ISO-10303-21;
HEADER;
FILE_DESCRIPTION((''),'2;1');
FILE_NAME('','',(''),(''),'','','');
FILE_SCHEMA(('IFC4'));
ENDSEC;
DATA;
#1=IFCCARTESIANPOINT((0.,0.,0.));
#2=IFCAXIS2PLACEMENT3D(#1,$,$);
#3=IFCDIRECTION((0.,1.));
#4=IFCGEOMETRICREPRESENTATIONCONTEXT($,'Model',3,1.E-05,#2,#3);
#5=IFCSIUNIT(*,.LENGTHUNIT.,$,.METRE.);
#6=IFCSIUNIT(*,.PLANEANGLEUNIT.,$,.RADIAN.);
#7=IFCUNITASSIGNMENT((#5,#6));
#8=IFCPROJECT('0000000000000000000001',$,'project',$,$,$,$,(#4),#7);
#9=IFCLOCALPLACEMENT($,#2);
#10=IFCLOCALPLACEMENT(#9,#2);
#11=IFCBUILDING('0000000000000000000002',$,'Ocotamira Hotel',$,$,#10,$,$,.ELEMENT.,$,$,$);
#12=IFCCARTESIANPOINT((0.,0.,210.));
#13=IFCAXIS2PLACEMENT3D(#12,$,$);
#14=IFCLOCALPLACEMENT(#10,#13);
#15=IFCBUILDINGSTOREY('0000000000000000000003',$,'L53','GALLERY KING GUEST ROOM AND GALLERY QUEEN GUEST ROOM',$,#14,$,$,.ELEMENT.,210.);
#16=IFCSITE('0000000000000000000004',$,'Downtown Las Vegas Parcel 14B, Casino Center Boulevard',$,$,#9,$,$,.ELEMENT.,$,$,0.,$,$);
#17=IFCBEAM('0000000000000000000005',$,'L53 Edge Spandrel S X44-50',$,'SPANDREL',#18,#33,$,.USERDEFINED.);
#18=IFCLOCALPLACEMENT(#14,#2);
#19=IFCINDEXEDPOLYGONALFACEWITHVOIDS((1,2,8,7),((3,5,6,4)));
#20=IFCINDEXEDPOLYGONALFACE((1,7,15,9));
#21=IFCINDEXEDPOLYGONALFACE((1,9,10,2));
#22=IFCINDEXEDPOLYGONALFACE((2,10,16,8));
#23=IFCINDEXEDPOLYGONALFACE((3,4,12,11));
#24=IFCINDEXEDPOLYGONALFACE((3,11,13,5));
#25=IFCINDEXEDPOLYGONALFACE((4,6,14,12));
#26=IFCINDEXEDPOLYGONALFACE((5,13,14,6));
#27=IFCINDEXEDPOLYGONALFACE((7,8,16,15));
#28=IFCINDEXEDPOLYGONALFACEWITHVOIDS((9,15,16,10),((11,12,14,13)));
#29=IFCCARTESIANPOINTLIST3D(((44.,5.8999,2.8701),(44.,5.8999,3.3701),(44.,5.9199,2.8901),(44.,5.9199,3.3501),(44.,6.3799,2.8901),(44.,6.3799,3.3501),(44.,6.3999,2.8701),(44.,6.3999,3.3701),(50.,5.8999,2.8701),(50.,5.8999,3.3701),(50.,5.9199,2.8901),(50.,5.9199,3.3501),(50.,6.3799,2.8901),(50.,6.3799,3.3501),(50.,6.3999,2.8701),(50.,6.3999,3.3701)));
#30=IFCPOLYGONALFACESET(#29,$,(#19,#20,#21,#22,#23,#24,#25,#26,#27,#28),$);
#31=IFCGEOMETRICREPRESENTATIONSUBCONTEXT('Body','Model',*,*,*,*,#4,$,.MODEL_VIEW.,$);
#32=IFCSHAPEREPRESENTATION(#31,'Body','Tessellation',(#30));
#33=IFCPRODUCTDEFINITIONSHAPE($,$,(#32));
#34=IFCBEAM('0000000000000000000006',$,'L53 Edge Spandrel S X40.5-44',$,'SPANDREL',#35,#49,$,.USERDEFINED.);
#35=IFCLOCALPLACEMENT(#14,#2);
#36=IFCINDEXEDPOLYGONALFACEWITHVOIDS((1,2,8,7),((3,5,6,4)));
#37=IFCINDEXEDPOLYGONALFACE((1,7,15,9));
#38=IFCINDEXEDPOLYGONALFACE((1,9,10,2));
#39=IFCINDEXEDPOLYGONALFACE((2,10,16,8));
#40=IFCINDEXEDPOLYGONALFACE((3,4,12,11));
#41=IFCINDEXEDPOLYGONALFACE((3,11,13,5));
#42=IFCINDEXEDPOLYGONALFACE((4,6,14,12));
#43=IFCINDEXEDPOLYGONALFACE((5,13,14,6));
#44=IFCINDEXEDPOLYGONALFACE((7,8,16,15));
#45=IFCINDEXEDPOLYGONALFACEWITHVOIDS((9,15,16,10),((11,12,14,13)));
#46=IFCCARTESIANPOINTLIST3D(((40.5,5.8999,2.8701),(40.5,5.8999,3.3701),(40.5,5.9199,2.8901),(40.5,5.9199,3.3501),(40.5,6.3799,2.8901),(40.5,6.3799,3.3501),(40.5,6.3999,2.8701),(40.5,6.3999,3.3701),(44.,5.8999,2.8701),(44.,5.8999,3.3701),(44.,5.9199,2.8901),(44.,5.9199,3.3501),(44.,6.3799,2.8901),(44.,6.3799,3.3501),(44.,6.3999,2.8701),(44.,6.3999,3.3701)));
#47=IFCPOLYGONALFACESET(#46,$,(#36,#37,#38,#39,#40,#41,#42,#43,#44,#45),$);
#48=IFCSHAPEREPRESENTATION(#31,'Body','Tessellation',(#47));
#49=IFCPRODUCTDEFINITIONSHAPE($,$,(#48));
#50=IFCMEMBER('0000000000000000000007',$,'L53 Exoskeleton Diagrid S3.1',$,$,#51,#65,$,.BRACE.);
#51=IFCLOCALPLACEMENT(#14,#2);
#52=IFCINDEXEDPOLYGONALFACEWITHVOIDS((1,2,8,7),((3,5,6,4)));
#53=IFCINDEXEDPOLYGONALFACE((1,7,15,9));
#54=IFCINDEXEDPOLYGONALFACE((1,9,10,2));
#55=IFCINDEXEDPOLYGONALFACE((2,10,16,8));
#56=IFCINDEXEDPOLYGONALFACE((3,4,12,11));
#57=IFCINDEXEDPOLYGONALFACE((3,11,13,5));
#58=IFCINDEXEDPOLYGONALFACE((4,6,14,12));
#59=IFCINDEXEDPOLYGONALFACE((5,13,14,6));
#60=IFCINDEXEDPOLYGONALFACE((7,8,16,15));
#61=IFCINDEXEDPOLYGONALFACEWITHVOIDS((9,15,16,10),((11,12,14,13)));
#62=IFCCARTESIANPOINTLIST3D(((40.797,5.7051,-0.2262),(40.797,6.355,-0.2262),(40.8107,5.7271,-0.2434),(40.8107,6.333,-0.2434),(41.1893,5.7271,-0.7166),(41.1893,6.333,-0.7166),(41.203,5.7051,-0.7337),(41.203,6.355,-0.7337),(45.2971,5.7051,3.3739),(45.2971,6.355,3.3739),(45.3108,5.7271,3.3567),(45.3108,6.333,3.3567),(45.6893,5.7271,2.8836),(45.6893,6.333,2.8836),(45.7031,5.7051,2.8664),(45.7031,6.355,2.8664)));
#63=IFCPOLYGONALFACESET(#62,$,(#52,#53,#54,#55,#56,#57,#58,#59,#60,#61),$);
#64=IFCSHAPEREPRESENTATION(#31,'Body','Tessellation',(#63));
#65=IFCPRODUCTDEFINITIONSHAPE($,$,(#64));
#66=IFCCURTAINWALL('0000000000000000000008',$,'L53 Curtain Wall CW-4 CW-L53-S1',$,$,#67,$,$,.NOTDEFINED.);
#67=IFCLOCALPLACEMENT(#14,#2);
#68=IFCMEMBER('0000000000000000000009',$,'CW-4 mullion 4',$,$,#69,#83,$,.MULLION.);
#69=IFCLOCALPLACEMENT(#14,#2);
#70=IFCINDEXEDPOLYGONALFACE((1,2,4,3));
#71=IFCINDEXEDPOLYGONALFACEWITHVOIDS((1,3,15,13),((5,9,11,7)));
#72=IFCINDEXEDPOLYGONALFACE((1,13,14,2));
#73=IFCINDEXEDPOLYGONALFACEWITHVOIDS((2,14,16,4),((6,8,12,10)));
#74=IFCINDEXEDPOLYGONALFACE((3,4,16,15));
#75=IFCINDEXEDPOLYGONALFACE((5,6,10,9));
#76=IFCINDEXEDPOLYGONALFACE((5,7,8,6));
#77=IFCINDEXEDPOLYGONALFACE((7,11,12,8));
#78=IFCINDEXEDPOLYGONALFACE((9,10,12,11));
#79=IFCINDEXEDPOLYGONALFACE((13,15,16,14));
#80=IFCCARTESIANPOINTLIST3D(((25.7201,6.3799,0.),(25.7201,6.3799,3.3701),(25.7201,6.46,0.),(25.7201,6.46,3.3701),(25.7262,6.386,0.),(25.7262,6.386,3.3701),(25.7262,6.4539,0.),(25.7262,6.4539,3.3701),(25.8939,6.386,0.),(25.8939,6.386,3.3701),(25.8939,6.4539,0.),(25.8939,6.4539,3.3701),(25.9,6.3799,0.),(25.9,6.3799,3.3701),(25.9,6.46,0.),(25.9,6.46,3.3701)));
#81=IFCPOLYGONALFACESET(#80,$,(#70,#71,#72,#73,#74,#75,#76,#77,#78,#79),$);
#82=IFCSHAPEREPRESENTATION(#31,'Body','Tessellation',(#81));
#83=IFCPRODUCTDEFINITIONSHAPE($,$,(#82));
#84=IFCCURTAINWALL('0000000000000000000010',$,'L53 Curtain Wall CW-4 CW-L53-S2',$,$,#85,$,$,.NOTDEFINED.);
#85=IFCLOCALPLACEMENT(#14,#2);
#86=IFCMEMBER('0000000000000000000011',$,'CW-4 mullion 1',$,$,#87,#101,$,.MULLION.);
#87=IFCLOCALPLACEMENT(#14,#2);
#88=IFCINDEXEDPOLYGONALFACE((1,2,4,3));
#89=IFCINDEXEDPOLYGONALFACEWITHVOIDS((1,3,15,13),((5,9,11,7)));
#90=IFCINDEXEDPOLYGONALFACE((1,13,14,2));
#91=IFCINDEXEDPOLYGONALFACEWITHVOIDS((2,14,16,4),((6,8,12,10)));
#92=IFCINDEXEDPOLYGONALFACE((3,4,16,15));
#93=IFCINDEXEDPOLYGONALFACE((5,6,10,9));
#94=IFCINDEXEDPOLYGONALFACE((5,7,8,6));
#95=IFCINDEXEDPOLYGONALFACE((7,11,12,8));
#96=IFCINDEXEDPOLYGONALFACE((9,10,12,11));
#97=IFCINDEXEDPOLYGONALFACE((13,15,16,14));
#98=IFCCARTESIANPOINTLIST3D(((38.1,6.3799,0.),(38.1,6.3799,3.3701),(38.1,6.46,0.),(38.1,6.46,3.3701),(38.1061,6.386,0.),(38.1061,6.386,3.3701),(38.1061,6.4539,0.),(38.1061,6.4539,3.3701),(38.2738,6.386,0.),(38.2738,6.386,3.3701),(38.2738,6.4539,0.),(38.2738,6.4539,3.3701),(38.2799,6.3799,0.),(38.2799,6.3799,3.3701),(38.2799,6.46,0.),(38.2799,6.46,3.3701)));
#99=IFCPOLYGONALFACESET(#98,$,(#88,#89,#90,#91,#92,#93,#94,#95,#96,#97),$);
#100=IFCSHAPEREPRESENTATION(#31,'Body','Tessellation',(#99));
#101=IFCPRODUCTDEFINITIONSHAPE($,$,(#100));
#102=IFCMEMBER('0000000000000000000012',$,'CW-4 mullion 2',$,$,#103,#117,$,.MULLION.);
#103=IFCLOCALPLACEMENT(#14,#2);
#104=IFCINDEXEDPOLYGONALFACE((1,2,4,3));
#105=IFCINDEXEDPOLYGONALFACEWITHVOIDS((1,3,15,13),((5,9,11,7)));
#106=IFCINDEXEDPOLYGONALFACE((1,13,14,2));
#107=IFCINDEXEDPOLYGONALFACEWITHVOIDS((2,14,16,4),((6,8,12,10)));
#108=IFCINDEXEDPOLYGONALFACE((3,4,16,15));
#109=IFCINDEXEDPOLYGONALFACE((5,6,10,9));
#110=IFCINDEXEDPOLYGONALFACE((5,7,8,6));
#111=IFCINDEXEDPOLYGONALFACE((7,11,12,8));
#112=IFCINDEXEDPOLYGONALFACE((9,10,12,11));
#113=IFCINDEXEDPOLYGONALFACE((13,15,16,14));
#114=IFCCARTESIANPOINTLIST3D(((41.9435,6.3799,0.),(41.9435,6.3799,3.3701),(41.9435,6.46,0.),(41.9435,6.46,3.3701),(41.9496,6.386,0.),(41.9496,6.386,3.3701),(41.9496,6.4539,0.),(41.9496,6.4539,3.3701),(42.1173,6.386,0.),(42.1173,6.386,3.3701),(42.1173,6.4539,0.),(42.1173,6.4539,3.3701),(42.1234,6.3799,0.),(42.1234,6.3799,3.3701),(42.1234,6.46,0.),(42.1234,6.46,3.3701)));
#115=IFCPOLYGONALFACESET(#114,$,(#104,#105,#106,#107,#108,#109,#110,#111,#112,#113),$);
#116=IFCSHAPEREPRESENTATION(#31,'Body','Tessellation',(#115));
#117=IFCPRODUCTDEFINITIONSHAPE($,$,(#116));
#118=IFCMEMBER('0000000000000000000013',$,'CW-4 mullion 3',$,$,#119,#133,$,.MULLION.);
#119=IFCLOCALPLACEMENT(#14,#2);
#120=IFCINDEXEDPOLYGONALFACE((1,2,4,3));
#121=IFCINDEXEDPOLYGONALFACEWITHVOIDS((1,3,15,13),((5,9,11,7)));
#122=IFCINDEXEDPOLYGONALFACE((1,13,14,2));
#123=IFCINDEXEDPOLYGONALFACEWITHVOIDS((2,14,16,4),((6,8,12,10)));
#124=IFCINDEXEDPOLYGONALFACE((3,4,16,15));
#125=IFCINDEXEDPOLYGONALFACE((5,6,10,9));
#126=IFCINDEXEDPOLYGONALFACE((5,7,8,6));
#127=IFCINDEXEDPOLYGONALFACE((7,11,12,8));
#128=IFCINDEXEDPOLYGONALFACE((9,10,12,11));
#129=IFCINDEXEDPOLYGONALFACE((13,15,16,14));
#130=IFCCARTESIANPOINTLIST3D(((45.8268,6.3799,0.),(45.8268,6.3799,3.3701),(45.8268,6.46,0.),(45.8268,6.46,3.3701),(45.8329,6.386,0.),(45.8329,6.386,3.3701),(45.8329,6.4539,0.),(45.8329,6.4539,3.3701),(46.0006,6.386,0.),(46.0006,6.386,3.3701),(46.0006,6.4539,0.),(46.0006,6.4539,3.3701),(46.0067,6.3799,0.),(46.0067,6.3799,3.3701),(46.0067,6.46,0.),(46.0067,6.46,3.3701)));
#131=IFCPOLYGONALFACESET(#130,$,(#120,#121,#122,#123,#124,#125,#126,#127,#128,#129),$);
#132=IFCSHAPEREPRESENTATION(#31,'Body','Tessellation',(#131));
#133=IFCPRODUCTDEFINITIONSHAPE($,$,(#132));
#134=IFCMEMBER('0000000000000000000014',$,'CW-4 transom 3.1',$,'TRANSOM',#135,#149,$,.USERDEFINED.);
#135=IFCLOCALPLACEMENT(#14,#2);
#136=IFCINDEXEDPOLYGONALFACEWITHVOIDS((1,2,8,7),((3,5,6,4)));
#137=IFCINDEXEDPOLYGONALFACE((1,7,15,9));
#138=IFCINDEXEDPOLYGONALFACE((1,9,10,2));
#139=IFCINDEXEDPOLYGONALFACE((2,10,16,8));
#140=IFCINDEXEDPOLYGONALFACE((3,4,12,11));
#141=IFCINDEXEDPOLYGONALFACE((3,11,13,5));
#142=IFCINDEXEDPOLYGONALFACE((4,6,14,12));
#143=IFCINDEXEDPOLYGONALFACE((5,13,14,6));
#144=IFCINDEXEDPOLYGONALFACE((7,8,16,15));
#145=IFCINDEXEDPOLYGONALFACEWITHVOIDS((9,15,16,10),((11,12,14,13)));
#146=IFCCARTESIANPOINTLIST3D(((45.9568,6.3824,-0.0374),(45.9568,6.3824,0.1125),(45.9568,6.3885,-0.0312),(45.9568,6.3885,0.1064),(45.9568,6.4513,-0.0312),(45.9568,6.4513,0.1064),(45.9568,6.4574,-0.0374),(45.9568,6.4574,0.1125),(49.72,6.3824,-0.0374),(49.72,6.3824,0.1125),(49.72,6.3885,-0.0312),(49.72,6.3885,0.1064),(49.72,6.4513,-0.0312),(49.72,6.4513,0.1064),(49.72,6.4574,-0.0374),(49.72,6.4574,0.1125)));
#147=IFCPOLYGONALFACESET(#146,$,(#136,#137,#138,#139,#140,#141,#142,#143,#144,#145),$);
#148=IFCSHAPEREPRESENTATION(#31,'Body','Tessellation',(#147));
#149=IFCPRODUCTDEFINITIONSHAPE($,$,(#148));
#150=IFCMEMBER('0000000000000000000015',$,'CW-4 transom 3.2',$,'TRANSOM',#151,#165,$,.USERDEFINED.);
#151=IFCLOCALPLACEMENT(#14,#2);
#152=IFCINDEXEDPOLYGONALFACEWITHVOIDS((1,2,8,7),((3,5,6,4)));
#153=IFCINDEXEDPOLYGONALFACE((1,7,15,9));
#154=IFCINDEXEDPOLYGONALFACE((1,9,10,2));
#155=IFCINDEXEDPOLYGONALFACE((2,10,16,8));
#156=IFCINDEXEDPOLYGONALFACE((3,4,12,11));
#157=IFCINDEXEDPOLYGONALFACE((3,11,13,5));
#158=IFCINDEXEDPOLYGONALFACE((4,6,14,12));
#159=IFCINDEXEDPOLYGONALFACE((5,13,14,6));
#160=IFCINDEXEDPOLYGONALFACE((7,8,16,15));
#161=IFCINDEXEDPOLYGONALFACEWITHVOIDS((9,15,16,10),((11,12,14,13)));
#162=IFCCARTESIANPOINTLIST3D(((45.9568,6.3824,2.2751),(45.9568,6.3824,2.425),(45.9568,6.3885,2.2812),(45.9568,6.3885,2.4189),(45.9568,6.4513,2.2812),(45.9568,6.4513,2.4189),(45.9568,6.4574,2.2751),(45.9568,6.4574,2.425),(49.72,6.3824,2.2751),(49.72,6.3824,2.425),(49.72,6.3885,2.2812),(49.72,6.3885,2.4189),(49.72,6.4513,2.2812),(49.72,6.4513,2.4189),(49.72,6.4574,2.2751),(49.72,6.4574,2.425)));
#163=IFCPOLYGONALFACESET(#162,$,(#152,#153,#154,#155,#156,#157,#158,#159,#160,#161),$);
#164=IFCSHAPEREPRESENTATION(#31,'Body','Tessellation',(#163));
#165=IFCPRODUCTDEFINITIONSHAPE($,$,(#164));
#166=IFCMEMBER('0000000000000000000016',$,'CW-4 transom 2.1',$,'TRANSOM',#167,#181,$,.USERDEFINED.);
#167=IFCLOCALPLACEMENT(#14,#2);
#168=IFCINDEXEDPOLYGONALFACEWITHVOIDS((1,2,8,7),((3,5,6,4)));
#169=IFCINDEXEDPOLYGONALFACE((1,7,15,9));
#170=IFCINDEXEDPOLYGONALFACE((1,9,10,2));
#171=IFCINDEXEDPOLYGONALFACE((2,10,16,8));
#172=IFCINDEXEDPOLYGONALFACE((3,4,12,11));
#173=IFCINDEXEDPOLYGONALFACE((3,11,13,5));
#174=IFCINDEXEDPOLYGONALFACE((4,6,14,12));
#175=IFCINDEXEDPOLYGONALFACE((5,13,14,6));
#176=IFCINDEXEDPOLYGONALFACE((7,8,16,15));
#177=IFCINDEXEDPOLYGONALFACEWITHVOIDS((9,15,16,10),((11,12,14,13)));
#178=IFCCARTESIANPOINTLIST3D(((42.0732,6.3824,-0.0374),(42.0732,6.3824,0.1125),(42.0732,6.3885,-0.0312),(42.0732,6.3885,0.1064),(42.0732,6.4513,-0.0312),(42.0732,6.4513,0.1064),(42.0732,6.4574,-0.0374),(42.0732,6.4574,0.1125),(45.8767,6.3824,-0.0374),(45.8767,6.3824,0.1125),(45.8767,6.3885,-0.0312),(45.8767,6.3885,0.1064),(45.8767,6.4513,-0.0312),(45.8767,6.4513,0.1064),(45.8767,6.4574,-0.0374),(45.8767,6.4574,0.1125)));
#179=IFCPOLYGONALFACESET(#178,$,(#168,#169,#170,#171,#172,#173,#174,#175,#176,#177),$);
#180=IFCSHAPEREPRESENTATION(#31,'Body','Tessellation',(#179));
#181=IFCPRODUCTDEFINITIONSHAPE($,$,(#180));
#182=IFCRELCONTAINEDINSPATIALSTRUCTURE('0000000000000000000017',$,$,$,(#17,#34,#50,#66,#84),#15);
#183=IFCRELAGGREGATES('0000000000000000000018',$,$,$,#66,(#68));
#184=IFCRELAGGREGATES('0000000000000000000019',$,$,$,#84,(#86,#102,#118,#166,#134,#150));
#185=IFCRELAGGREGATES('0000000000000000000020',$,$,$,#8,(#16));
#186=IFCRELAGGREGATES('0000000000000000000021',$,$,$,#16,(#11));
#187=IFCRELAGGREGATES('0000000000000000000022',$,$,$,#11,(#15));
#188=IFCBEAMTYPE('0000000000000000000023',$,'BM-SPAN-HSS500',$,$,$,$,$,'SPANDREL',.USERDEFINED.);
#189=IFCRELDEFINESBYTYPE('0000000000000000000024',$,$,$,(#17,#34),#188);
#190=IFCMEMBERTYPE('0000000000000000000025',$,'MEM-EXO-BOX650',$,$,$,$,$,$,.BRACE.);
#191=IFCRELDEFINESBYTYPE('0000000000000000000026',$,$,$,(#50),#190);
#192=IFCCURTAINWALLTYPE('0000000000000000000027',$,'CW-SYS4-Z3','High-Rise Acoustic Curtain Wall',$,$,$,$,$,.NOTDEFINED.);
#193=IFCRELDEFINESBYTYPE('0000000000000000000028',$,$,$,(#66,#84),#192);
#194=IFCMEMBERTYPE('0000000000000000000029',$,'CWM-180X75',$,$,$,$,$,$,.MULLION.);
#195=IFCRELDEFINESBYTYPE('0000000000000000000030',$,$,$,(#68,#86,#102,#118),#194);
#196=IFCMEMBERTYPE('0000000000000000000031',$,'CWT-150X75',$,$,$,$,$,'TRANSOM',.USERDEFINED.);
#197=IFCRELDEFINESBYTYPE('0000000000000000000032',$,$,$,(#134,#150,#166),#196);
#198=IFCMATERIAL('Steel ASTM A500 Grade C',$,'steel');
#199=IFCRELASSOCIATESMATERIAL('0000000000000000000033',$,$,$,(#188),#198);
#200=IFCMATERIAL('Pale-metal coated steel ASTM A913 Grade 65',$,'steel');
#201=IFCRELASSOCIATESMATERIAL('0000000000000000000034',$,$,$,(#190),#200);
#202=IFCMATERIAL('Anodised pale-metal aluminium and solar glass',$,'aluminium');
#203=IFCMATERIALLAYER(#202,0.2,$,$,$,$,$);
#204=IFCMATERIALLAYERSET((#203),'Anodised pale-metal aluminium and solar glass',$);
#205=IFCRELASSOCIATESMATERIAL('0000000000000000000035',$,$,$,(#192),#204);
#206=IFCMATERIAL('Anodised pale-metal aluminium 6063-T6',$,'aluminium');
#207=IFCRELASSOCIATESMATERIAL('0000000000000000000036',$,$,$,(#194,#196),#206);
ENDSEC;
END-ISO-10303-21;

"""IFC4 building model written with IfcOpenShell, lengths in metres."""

from ifc_helpers import new_model, si_unit, direction, frame, origin, origin_2d, place, context, subcontext, project, spatial, hollow_rectangle, extrude, source, transform, mapped, material, layer, layer_set, material_profile, profile_set, type_object, element, aggregate, save


model = new_model("IFC4")

# Units and contexts
model_context = context("Model", 3, precision=1e-05, world=origin(), true_north=direction((0.0, 1.0)))
body_context = subcontext(model_context, "Body", "Model", "MODEL_VIEW")
ifc_project = project(units=[si_unit("LENGTHUNIT", "METRE"), si_unit("PLANEANGLEUNIT", "RADIAN")], contexts=[model_context])

# Site, building, storey
site_placement = place(None, origin())
site = spatial("IfcSite", under=ifc_project, at=site_placement, Name="Downtown Las Vegas Parcel 14B, Casino Center Boulevard", CompositionType="ELEMENT", RefElevation=0.0)
building_placement = place(site_placement, origin())
building = spatial("IfcBuilding", under=site, at=building_placement, Name="Ocotamira Hotel", CompositionType="ELEMENT")
storey_placement = place(building_placement, frame((0.0, 0.0, 210.0)))
storey = spatial("IfcBuildingStorey", under=building, at=storey_placement, Name="L53", Description="GALLERY KING GUEST ROOM AND GALLERY QUEEN GUEST ROOM", CompositionType="ELEMENT", Elevation=210.0)

# Beams
ifc_material_1 = material(Name="Steel ASTM A500 Grade C", Category="steel")
ifc_material_profile_1 = material_profile(ifc_material_1, hollow_rectangle(XDim=0.5, YDim=0.5, WallThickness=0.02, at=origin_2d()), Name="HSS500X500X20")
ifc_profile_set_1 = profile_set([ifc_material_profile_1], Name="Steel ASTM A500 Grade C")
beam_type = type_object("IfcBeamType", Name="BM-SPAN-HSS500", ElementType="SPANDREL", PredefinedType="USERDEFINED", material=ifc_profile_set_1)
shared_shape_1 = source(origin(), body_context, "Body", "SweptSolid", [
    extrude(hollow_rectangle(XDim=0.5, YDim=0.5, WallThickness=0.02, at=origin_2d()), origin(), (0.0, 0.0, 1.0), 6.0),
])
beam_1_placement = place(storey_placement, frame((44.0, 6.1499, 3.1201), z_axis=(1.0, 0.0, 0.0), x_axis=(0.0, 1.0, 0.0)))
element("IfcBeam", 1, at=beam_1_placement, inside=storey, type_object=beam_type, Name="L53 Edge Spandrel S X44-50", ObjectType="SPANDREL", PredefinedType="USERDEFINED", context=body_context, shape_type="MappedRepresentation", body=[
    mapped(shared_shape_1, transform((0.0, 0.0, 0.0), scale=1.0)),
])
shared_shape_2 = source(origin(), body_context, "Body", "SweptSolid", [
    extrude(hollow_rectangle(XDim=0.5, YDim=0.5, WallThickness=0.02, at=origin_2d()), origin(), (0.0, 0.0, 1.0), 3.5),
])
beam_2_placement = place(storey_placement, frame((40.5, 6.1499, 3.1201), z_axis=(1.0, 0.0, 0.0), x_axis=(0.0, 1.0, 0.0)))
element("IfcBeam", 2, at=beam_2_placement, inside=storey, type_object=beam_type, Name="L53 Edge Spandrel S X40.5-44", ObjectType="SPANDREL", PredefinedType="USERDEFINED", context=body_context, shape_type="MappedRepresentation", body=[
    mapped(shared_shape_2, transform((0.0, 0.0, 0.0), scale=1.0)),
])

# Member
ifc_material_2 = material(Name="Pale-metal coated steel ASTM A913 Grade 65", Category="steel")
ifc_material_profile_2 = material_profile(ifc_material_2, hollow_rectangle(XDim=0.6499, YDim=0.6499, WallThickness=0.022, at=origin_2d()), Name="BOX650X650X22")
ifc_profile_set_2 = profile_set([ifc_material_profile_2], Name="Pale-metal coated steel ASTM A913 Grade 65")
member_type_1 = type_object("IfcMemberType", Name="MEM-EXO-BOX650", PredefinedType="BRACE", material=ifc_profile_set_2)
shared_shape_3 = source(origin(), body_context, "Body", "SweptSolid", [
    extrude(hollow_rectangle(XDim=0.6499, YDim=0.6499, WallThickness=0.022, at=origin_2d()), origin(), (0.0, 0.0, 1.0), 5.7629),
])
member_1_placement = place(storey_placement, frame((41.0, 6.03, -0.48), z_axis=(0.780861, 0.0, 0.624705), x_axis=(0.0, 1.0, 0.0)))
element("IfcMember", 3, at=member_1_placement, inside=storey, type_object=member_type_1, Name="L53 Exoskeleton Diagrid S3.1", PredefinedType="BRACE", context=body_context, shape_type="MappedRepresentation", body=[
    mapped(shared_shape_3, transform((0.0, 0.0, 0.0), scale=1.0)),
])

# Curtain wall, member
ifc_material_3 = material(Name="Anodised pale-metal aluminium and solar glass", Category="aluminium")
ifc_layer_1 = layer(ifc_material_3, 0.2)
ifc_layer_set_1 = layer_set([ifc_layer_1], Name="Anodised pale-metal aluminium and solar glass")
curtain_wall_type = type_object("IfcCurtainWallType", Name="CW-SYS4-Z3", Description="High-Rise Acoustic Curtain Wall", PredefinedType="NOTDEFINED", material=ifc_layer_set_1)
curtain_wall_1_placement = place(storey_placement, origin())
curtain_wall_1 = element("IfcCurtainWall", 4, at=curtain_wall_1_placement, inside=storey, type_object=curtain_wall_type, Name="L53 Curtain Wall CW-4 CW-L53-S1", PredefinedType="NOTDEFINED")
ifc_material_4 = material(Name="Anodised pale-metal aluminium 6063-T6", Category="aluminium")
ifc_material_profile_3 = material_profile(ifc_material_4, hollow_rectangle(XDim=0.0801, YDim=0.1799, WallThickness=0.0061, at=origin_2d()), Name="HSS180X80X6")
ifc_profile_set_3 = profile_set([ifc_material_profile_3], Name="Anodised pale-metal aluminium 6063-T6")
member_type_2 = type_object("IfcMemberType", Name="CWM-180X75", PredefinedType="MULLION", material=ifc_profile_set_3)
shared_shape_4 = source(origin(), body_context, "Body", "SweptSolid", [
    extrude(hollow_rectangle(XDim=0.0801, YDim=0.1799, WallThickness=0.0061, at=origin_2d()), origin(), (0.0, 0.0, 1.0), 3.3701),
])
member_2_placement = place(storey_placement, frame((25.8101, 6.4199, 0.0), z_axis=(0.0, 0.0, 1.0), x_axis=(0.0, 1.0, 0.0)))
member_2 = element("IfcMember", 5, at=member_2_placement, type_object=member_type_2, Name="CW-4 mullion 4", PredefinedType="MULLION", context=body_context, shape_type="MappedRepresentation", body=[
    mapped(shared_shape_4, transform((0.0, 0.0, 0.0), scale=1.0)),
])

# Curtain wall, members
curtain_wall_2_placement = place(storey_placement, origin())
curtain_wall_2 = element("IfcCurtainWall", 6, at=curtain_wall_2_placement, inside=storey, type_object=curtain_wall_type, Name="L53 Curtain Wall CW-4 CW-L53-S2", PredefinedType="NOTDEFINED")
member_3_placement = place(storey_placement, frame((38.1899, 6.4199, 0.0), z_axis=(0.0, 0.0, 1.0), x_axis=(0.0, 1.0, 0.0)))
member_3 = element("IfcMember", 7, at=member_3_placement, type_object=member_type_2, Name="CW-4 mullion 1", PredefinedType="MULLION", context=body_context, shape_type="MappedRepresentation", body=[
    mapped(shared_shape_4, transform((0.0, 0.0, 0.0), scale=1.0)),
])
member_4_placement = place(storey_placement, frame((42.0334, 6.4199, 0.0), z_axis=(0.0, 0.0, 1.0), x_axis=(0.0, 1.0, 0.0)))
member_4 = element("IfcMember", 8, at=member_4_placement, type_object=member_type_2, Name="CW-4 mullion 2", PredefinedType="MULLION", context=body_context, shape_type="MappedRepresentation", body=[
    mapped(shared_shape_4, transform((0.0, 0.0, 0.0), scale=1.0)),
])
member_5_placement = place(storey_placement, frame((45.9167, 6.4199, 0.0), z_axis=(0.0, 0.0, 1.0), x_axis=(0.0, 1.0, 0.0)))
member_5 = element("IfcMember", 9, at=member_5_placement, type_object=member_type_2, Name="CW-4 mullion 3", PredefinedType="MULLION", context=body_context, shape_type="MappedRepresentation", body=[
    mapped(shared_shape_4, transform((0.0, 0.0, 0.0), scale=1.0)),
])
ifc_material_profile_4 = material_profile(ifc_material_4, hollow_rectangle(XDim=0.075, YDim=0.1499, WallThickness=0.0061, at=origin_2d()), Name="HSS150X75X6")
ifc_profile_set_4 = profile_set([ifc_material_profile_4], Name="Anodised pale-metal aluminium 6063-T6")
member_type_3 = type_object("IfcMemberType", Name="CWT-150X75", ElementType="TRANSOM", PredefinedType="USERDEFINED", material=ifc_profile_set_4)
shared_shape_5 = source(origin(), body_context, "Body", "SweptSolid", [
    extrude(hollow_rectangle(XDim=0.075, YDim=0.1499, WallThickness=0.0061, at=origin_2d()), origin(), (0.0, 0.0, 1.0), 3.7632),
])
member_6_placement = place(storey_placement, frame((45.9568, 6.4199, 0.0376), z_axis=(1.0, 0.0, 0.0), x_axis=(0.0, 1.0, 0.0)))
member_6 = element("IfcMember", 10, at=member_6_placement, type_object=member_type_3, Name="CW-4 transom 3.1", ObjectType="TRANSOM", PredefinedType="USERDEFINED", context=body_context, shape_type="MappedRepresentation", body=[
    mapped(shared_shape_5, transform((0.0, 0.0, 0.0), scale=1.0)),
])
member_7_placement = place(storey_placement, frame((45.9568, 6.4199, 2.3501), z_axis=(1.0, 0.0, 0.0), x_axis=(0.0, 1.0, 0.0)))
member_7 = element("IfcMember", 11, at=member_7_placement, type_object=member_type_3, Name="CW-4 transom 3.2", ObjectType="TRANSOM", PredefinedType="USERDEFINED", context=body_context, shape_type="MappedRepresentation", body=[
    mapped(shared_shape_5, transform((0.0, 0.0, 0.0), scale=1.0)),
])
shared_shape_6 = source(origin(), body_context, "Body", "SweptSolid", [
    extrude(hollow_rectangle(XDim=0.075, YDim=0.1499, WallThickness=0.0061, at=origin_2d()), origin(), (0.0, 0.0, 1.0), 3.8035),
])
member_8_placement = place(storey_placement, frame((42.0732, 6.4199, 0.0376), z_axis=(1.0, 0.0, 0.0), x_axis=(0.0, 1.0, 0.0)))
member_8 = element("IfcMember", 12, at=member_8_placement, type_object=member_type_3, Name="CW-4 transom 2.1", ObjectType="TRANSOM", PredefinedType="USERDEFINED", context=body_context, shape_type="MappedRepresentation", body=[
    mapped(shared_shape_6, transform((0.0, 0.0, 0.0), scale=1.0)),
])

aggregate(curtain_wall_1, [member_2])
aggregate(curtain_wall_2, [member_3, member_4, member_5, member_8, member_6, member_7])

save(model, "model.ifc")
